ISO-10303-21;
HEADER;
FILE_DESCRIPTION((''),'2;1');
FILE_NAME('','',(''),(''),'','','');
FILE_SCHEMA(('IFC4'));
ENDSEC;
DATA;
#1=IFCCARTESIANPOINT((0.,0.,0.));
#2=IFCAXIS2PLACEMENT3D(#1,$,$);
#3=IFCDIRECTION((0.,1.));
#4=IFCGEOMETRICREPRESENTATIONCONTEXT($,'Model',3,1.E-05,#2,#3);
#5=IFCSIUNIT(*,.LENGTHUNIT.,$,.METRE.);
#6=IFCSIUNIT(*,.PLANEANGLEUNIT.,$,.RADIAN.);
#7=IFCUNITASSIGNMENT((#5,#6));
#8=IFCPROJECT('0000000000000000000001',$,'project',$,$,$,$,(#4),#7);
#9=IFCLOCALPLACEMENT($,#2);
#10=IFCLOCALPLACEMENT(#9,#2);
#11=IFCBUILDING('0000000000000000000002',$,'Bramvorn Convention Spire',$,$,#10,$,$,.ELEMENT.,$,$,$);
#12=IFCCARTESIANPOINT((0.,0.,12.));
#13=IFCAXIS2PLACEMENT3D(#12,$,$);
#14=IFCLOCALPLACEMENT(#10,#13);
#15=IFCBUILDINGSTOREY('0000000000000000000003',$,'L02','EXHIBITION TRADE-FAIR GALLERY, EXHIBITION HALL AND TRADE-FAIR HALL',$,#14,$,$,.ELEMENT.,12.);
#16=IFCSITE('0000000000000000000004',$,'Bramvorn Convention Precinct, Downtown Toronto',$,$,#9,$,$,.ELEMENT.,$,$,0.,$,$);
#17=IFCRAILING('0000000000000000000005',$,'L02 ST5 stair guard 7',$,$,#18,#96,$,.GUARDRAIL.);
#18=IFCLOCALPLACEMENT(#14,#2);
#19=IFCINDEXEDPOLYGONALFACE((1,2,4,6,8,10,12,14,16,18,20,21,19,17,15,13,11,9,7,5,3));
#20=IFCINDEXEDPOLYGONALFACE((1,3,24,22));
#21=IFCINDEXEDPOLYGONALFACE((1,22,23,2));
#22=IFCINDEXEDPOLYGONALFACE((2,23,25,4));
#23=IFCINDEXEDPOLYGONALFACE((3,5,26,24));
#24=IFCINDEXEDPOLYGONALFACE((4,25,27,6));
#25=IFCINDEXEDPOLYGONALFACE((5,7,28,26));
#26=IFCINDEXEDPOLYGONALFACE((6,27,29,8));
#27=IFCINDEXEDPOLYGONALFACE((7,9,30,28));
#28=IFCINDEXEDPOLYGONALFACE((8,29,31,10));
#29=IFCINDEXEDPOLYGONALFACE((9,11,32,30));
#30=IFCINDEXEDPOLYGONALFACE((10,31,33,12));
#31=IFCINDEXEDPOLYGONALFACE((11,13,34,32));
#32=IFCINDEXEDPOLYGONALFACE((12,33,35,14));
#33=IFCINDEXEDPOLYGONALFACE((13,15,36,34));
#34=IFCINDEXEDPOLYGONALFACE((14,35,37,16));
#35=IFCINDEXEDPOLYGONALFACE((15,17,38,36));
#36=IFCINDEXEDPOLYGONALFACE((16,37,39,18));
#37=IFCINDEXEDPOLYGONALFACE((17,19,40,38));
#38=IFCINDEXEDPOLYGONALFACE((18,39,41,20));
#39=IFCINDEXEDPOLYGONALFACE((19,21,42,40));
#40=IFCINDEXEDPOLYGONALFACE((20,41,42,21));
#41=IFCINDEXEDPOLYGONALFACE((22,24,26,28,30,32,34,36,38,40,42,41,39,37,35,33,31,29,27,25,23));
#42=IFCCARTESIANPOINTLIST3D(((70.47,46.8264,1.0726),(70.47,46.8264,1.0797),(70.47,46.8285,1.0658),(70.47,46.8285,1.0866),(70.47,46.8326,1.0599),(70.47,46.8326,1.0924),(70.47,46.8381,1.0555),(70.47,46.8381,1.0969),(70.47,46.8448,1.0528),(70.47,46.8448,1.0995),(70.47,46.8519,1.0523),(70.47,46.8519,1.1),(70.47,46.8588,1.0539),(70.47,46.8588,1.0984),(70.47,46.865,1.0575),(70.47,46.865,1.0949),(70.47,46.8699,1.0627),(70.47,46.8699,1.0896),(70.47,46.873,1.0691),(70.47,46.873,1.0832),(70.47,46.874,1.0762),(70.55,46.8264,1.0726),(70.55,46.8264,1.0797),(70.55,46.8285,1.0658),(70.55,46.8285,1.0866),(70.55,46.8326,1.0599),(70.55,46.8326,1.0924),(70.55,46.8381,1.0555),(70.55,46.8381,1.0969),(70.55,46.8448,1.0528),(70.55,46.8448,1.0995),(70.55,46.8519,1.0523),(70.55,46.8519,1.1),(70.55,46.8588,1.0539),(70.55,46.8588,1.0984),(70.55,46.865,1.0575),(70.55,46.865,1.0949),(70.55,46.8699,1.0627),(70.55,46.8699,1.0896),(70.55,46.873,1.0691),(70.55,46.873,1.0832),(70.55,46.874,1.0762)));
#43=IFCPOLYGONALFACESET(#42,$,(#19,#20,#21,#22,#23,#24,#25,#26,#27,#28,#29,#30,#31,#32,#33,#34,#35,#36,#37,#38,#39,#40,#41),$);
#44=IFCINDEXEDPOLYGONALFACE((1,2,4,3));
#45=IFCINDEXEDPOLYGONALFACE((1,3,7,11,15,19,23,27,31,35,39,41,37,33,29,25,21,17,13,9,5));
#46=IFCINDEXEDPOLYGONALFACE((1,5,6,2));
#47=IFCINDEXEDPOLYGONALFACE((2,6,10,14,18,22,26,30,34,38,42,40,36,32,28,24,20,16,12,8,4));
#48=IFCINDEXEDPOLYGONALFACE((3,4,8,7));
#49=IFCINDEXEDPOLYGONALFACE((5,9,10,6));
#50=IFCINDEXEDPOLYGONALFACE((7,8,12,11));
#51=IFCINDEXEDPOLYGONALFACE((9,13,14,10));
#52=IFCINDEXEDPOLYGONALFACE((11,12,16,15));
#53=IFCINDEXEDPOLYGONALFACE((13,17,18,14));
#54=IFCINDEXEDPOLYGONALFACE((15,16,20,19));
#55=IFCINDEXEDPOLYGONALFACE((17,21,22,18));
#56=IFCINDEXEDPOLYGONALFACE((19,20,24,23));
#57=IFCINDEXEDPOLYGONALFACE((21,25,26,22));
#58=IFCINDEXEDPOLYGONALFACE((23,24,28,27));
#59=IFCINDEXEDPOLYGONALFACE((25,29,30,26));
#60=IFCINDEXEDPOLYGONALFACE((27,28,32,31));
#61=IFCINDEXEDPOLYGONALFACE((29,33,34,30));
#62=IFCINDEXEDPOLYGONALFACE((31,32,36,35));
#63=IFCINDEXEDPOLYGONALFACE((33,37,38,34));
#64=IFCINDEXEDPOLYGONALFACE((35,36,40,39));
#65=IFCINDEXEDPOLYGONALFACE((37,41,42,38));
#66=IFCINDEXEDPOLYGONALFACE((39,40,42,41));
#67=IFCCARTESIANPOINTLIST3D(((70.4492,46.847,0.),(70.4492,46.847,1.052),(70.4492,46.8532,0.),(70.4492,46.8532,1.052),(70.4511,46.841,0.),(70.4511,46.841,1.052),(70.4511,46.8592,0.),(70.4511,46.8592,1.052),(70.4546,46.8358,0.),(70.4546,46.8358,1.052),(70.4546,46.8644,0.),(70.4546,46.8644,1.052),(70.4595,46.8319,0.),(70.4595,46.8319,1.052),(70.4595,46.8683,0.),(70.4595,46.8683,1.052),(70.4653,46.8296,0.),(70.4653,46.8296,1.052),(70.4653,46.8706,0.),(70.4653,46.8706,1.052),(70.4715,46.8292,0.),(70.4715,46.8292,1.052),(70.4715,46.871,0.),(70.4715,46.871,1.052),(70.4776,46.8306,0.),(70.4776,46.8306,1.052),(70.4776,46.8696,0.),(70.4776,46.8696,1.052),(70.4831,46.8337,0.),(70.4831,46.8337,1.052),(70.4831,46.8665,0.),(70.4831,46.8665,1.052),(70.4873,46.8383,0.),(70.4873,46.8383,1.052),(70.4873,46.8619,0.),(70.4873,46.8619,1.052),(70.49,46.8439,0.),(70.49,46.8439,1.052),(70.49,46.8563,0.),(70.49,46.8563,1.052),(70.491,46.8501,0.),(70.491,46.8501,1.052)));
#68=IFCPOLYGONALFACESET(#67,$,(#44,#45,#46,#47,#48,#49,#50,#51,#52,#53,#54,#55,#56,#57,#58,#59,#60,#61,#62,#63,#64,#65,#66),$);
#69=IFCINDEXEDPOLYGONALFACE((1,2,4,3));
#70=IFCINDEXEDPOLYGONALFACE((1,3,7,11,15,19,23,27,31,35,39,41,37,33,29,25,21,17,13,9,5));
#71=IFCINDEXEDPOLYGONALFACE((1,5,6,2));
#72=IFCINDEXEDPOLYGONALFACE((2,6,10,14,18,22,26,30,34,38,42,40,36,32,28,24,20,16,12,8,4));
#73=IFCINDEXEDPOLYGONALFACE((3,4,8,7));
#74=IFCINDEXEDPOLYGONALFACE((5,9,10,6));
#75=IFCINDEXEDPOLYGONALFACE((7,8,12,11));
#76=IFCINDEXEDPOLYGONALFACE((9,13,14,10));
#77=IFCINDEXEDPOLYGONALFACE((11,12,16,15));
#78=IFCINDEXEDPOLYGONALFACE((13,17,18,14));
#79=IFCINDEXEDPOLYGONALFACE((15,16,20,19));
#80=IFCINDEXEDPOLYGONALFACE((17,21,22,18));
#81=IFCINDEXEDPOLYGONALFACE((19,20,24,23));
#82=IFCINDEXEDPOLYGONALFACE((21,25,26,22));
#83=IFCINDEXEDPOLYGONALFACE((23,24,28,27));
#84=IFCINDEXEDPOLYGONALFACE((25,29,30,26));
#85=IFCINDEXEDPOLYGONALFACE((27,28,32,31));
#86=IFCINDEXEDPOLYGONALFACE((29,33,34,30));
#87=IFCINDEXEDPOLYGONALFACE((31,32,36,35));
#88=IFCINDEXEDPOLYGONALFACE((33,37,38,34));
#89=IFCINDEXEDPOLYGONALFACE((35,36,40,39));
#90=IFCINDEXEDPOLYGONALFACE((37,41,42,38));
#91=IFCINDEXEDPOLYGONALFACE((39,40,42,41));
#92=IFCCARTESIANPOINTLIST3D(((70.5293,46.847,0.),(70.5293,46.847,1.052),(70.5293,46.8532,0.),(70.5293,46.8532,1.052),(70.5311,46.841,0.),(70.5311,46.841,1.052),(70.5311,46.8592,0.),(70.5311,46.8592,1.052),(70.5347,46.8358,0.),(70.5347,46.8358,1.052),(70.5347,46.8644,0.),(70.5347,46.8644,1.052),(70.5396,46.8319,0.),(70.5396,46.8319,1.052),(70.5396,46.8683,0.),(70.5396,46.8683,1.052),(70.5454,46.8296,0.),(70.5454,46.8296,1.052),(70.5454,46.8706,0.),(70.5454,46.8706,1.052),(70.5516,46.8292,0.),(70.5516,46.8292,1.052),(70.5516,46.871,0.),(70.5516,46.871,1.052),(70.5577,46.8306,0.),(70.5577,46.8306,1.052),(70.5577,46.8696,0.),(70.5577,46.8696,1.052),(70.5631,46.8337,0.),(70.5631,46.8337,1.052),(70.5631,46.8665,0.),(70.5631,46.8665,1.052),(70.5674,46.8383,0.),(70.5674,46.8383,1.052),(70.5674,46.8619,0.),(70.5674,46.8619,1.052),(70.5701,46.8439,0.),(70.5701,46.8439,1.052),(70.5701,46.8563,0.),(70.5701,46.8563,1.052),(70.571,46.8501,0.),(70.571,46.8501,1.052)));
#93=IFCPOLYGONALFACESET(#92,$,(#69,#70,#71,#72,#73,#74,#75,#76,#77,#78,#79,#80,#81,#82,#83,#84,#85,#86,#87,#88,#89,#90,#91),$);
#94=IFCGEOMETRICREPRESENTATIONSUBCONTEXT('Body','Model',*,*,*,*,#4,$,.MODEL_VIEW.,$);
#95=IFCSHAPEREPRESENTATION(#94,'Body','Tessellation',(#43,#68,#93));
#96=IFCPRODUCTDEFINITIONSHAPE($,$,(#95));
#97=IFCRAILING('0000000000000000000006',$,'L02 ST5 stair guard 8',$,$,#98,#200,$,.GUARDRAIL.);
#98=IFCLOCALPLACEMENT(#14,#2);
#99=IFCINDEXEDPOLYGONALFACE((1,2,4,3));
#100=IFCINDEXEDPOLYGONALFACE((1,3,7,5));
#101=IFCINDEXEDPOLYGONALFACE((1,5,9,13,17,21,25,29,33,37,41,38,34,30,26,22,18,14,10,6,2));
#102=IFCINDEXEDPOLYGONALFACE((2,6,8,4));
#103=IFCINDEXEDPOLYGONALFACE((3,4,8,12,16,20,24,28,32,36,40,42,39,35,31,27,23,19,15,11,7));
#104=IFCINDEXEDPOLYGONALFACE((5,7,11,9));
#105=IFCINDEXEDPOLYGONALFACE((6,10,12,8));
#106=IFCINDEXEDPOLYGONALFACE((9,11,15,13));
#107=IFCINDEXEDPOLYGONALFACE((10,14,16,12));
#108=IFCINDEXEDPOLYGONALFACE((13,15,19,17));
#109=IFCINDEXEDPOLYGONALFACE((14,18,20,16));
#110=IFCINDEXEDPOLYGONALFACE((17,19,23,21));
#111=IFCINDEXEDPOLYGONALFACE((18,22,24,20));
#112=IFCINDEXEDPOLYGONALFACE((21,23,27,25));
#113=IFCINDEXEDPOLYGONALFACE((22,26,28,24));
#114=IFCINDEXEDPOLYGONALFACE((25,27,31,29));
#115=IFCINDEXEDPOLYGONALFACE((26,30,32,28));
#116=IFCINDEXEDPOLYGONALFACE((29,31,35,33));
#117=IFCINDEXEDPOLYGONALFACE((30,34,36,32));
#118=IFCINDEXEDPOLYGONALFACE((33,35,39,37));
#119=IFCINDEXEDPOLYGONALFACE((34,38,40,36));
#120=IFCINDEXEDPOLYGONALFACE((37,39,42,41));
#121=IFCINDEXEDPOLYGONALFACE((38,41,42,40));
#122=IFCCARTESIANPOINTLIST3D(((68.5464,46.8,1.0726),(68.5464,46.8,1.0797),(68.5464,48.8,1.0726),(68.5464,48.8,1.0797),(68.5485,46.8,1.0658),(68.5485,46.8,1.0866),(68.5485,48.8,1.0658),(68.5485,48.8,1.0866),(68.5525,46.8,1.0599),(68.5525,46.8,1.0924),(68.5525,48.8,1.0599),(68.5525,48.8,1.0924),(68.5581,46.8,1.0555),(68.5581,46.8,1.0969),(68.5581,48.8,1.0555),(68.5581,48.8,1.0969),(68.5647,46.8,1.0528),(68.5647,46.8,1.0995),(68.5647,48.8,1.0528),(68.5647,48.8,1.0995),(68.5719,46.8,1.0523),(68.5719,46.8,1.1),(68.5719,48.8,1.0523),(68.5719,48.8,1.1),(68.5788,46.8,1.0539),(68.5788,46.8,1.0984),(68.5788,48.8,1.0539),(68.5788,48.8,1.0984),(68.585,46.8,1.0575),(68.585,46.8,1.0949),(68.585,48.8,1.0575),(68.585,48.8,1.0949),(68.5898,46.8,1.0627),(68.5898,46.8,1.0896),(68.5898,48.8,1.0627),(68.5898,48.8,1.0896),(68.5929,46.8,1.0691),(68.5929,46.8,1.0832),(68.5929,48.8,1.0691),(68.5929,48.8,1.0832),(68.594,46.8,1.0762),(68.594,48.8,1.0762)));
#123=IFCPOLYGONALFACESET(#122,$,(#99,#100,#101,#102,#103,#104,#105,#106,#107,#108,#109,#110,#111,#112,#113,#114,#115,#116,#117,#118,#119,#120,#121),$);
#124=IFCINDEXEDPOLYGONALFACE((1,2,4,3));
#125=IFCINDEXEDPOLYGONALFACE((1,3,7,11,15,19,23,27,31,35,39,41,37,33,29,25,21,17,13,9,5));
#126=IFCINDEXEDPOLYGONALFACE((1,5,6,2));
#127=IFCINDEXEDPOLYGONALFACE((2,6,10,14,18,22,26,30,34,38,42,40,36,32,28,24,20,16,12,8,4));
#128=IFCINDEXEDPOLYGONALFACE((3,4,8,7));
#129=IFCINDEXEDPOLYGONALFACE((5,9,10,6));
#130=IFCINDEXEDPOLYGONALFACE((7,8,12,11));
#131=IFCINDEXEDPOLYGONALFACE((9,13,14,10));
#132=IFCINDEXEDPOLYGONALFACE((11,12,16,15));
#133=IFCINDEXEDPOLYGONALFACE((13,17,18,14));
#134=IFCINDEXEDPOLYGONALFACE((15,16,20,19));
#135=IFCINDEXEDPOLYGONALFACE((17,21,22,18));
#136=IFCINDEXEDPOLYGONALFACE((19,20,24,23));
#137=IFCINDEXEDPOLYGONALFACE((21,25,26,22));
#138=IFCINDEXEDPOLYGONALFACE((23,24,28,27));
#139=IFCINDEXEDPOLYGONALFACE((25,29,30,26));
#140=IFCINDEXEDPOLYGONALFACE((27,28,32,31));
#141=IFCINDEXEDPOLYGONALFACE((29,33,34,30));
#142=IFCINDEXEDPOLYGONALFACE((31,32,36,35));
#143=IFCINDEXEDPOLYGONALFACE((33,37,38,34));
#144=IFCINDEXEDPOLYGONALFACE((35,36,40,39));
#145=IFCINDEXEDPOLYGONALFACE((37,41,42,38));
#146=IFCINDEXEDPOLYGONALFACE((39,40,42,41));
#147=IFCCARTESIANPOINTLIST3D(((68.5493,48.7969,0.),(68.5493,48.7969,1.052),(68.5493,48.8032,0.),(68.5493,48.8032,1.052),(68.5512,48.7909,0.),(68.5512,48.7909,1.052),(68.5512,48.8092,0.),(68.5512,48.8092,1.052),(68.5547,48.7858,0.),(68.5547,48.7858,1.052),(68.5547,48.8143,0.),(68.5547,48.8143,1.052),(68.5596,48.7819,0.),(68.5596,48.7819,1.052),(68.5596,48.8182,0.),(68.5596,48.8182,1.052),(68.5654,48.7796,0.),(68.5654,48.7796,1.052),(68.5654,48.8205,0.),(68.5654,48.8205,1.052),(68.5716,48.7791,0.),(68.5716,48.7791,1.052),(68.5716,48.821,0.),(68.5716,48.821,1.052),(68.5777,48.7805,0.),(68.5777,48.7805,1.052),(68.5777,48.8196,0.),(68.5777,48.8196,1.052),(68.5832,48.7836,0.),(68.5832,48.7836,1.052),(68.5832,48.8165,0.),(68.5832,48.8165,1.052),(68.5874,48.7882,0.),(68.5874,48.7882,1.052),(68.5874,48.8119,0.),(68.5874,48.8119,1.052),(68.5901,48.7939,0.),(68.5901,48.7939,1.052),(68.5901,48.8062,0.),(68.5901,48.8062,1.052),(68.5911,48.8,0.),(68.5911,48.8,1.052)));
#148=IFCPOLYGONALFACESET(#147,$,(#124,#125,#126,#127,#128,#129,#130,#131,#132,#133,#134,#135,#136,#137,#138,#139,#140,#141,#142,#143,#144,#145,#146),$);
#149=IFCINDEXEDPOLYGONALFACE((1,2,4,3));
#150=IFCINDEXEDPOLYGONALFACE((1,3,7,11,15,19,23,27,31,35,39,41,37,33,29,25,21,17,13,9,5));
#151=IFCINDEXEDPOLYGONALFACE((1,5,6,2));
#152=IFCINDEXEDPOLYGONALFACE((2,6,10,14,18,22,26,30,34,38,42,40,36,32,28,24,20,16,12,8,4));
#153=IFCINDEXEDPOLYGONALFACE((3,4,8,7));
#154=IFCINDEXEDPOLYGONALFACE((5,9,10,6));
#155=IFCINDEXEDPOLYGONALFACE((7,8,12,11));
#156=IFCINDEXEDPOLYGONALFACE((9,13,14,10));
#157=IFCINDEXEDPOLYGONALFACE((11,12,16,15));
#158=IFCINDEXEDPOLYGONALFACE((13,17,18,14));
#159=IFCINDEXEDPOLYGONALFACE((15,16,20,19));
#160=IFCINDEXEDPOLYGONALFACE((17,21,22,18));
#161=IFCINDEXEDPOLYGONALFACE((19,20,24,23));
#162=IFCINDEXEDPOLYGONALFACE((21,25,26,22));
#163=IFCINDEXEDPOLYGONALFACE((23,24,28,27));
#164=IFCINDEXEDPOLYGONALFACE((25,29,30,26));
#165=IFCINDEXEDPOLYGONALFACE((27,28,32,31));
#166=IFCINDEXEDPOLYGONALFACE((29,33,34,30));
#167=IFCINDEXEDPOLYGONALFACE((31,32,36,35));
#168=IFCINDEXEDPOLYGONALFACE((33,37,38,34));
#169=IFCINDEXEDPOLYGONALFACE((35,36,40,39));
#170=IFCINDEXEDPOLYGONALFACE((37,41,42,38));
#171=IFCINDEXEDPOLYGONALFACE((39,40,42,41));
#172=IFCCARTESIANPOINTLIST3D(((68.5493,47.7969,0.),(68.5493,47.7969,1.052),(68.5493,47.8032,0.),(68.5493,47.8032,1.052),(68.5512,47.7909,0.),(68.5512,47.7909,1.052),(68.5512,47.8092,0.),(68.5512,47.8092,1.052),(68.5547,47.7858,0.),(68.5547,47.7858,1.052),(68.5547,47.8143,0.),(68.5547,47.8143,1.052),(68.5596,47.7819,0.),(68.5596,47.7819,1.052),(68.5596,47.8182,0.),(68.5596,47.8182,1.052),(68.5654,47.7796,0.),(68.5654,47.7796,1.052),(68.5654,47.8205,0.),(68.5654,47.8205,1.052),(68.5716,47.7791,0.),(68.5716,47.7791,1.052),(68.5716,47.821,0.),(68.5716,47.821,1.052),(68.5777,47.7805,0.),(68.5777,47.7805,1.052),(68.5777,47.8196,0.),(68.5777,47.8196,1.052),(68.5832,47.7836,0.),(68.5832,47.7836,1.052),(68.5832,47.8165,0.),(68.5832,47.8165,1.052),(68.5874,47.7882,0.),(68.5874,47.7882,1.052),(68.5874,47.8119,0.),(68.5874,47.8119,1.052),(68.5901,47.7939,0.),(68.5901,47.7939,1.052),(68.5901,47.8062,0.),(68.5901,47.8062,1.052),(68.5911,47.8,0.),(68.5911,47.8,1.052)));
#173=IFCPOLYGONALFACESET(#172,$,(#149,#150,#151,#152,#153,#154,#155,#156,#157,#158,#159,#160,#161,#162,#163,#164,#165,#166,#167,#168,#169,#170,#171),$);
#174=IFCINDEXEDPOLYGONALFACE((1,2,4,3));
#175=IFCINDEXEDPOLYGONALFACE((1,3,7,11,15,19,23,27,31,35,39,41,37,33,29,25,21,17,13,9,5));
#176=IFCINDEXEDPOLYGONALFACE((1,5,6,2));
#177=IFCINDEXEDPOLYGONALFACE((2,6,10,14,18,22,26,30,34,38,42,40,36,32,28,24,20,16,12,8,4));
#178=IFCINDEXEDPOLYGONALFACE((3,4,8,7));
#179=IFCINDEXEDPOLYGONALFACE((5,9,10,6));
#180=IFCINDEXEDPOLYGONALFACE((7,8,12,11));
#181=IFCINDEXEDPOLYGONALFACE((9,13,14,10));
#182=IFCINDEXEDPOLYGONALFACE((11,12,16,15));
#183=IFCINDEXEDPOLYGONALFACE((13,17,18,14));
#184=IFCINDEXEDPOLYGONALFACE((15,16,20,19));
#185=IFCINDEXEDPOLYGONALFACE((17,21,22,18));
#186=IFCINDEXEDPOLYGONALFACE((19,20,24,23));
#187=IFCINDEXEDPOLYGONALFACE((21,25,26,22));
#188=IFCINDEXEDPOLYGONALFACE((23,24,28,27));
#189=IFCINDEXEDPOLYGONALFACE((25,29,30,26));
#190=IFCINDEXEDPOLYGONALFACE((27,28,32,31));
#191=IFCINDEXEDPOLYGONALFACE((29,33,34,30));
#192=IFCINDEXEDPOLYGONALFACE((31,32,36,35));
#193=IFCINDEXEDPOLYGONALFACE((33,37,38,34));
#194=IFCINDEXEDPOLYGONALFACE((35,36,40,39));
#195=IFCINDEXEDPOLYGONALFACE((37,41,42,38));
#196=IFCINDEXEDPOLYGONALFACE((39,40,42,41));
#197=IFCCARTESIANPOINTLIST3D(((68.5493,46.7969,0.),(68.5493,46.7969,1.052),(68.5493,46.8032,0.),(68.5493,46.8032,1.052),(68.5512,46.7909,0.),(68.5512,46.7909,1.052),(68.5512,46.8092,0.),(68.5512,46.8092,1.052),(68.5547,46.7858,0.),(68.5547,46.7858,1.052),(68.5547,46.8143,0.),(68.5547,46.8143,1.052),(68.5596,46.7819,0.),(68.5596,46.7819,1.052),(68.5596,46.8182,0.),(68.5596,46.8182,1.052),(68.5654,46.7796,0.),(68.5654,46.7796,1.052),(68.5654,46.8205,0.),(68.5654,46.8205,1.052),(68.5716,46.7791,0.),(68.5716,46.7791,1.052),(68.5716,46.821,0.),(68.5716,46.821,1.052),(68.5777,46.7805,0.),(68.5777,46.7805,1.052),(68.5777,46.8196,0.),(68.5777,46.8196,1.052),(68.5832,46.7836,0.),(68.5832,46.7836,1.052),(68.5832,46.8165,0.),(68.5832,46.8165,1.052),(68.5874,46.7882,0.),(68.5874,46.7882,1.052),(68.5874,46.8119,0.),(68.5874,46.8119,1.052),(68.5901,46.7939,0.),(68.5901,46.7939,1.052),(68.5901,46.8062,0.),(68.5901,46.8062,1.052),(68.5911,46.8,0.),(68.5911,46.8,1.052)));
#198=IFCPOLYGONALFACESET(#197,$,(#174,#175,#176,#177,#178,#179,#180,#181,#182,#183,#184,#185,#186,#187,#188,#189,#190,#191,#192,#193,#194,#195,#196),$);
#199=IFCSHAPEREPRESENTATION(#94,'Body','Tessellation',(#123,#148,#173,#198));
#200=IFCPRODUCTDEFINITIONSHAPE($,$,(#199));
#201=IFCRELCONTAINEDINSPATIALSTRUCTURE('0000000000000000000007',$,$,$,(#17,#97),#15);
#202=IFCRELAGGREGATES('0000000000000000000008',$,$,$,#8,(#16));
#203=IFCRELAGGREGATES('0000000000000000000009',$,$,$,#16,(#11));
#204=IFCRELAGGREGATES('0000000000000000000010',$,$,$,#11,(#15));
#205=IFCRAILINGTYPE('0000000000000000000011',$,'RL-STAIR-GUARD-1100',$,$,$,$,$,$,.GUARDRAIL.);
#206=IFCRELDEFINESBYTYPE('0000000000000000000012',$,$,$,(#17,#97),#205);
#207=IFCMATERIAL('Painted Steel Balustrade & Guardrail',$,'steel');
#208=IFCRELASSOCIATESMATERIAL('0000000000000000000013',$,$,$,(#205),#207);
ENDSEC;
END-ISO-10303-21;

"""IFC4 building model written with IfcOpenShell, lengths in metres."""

from ifc_helpers import new_model, si_unit, direction, frame, origin, origin_2d, place, context, subcontext, project, spatial, circle, extrude, material, type_object, element, save


model = new_model("IFC4")

# Units and contexts
model_context = context("Model", 3, precision=1e-05, world=origin(), true_north=direction((0.0, 1.0)))
body_context = subcontext(model_context, "Body", "Model", "MODEL_VIEW")
ifc_project = project(units=[si_unit("LENGTHUNIT", "METRE"), si_unit("PLANEANGLEUNIT", "RADIAN")], contexts=[model_context])

# Site, building, storey
site_placement = place(None, origin())
site = spatial("IfcSite", under=ifc_project, at=site_placement, Name="Bramvorn Convention Precinct, Downtown Toronto", CompositionType="ELEMENT", RefElevation=0.0)
building_placement = place(site_placement, origin())
building = spatial("IfcBuilding", under=site, at=building_placement, Name="Bramvorn Convention Spire", CompositionType="ELEMENT")
storey_placement = place(building_placement, frame((0.0, 0.0, 12.0)))
storey = spatial("IfcBuildingStorey", under=building, at=storey_placement, Name="L02", Description="EXHIBITION TRADE-FAIR GALLERY, EXHIBITION HALL AND TRADE-FAIR HALL", CompositionType="ELEMENT", Elevation=12.0)

# Railings
ifc_material_1 = material(Name="Painted Steel Balustrade & Guardrail", Category="steel")
railing_type_1 = type_object("IfcRailingType", Name="RL-STAIR-GUARD-1100", PredefinedType="GUARDRAIL", material=ifc_material_1)
railing_1_placement = place(storey_placement, frame((70.47, 46.8501, 0.0)))
element("IfcRailing", 1, at=railing_1_placement, inside=storey, type_object=railing_type_1, Name="L02 ST5 stair guard 7", PredefinedType="GUARDRAIL", context=body_context, shape_type="SweptSolid", body=[
    extrude(circle(Radius=0.0239, at=origin_2d()), frame((0.0, 0.0, 1.0762), z_axis=(1.0, 0.0, 0.0), x_axis=(0.0, 1.0, 0.0)), (0.0, 0.0, 1.0), 0.0801),
    extrude(circle(Radius=0.021, at=origin_2d()), origin(), (0.0, 0.0, 1.0), 1.052),
    extrude(circle(Radius=0.021, at=origin_2d()), frame((0.0801, 0.0, 0.0)), (0.0, 0.0, 1.0), 1.052),
])
for number, where, name in (
    (2, (68.5701, 48.8, 0.0), "L02 ST5 stair guard 8"),
):
    element("IfcRailing", number, at=place(storey_placement, frame(where)), inside=storey, type_object=railing_type_1, Name=name, PredefinedType="GUARDRAIL", context=body_context, shape_type="SweptSolid", body=[
        extrude(circle(Radius=0.0239, at=origin_2d()), frame((0.0, 0.0, 1.0762), z_axis=(0.0, -1.0, 0.0), x_axis=(1.0, 0.0, 0.0)), (0.0, 0.0, 1.0), 2.0),
        extrude(circle(Radius=0.021, at=origin_2d()), origin(), (0.0, 0.0, 1.0), 1.052),
        extrude(circle(Radius=0.021, at=origin_2d()), frame((0.0, -1.0, 0.0)), (0.0, 0.0, 1.0), 1.052),
        extrude(circle(Radius=0.021, at=origin_2d()), frame((0.0, -2.0, 0.0)), (0.0, 0.0, 1.0), 1.052),
    ])

save(model, "model.ifc")
